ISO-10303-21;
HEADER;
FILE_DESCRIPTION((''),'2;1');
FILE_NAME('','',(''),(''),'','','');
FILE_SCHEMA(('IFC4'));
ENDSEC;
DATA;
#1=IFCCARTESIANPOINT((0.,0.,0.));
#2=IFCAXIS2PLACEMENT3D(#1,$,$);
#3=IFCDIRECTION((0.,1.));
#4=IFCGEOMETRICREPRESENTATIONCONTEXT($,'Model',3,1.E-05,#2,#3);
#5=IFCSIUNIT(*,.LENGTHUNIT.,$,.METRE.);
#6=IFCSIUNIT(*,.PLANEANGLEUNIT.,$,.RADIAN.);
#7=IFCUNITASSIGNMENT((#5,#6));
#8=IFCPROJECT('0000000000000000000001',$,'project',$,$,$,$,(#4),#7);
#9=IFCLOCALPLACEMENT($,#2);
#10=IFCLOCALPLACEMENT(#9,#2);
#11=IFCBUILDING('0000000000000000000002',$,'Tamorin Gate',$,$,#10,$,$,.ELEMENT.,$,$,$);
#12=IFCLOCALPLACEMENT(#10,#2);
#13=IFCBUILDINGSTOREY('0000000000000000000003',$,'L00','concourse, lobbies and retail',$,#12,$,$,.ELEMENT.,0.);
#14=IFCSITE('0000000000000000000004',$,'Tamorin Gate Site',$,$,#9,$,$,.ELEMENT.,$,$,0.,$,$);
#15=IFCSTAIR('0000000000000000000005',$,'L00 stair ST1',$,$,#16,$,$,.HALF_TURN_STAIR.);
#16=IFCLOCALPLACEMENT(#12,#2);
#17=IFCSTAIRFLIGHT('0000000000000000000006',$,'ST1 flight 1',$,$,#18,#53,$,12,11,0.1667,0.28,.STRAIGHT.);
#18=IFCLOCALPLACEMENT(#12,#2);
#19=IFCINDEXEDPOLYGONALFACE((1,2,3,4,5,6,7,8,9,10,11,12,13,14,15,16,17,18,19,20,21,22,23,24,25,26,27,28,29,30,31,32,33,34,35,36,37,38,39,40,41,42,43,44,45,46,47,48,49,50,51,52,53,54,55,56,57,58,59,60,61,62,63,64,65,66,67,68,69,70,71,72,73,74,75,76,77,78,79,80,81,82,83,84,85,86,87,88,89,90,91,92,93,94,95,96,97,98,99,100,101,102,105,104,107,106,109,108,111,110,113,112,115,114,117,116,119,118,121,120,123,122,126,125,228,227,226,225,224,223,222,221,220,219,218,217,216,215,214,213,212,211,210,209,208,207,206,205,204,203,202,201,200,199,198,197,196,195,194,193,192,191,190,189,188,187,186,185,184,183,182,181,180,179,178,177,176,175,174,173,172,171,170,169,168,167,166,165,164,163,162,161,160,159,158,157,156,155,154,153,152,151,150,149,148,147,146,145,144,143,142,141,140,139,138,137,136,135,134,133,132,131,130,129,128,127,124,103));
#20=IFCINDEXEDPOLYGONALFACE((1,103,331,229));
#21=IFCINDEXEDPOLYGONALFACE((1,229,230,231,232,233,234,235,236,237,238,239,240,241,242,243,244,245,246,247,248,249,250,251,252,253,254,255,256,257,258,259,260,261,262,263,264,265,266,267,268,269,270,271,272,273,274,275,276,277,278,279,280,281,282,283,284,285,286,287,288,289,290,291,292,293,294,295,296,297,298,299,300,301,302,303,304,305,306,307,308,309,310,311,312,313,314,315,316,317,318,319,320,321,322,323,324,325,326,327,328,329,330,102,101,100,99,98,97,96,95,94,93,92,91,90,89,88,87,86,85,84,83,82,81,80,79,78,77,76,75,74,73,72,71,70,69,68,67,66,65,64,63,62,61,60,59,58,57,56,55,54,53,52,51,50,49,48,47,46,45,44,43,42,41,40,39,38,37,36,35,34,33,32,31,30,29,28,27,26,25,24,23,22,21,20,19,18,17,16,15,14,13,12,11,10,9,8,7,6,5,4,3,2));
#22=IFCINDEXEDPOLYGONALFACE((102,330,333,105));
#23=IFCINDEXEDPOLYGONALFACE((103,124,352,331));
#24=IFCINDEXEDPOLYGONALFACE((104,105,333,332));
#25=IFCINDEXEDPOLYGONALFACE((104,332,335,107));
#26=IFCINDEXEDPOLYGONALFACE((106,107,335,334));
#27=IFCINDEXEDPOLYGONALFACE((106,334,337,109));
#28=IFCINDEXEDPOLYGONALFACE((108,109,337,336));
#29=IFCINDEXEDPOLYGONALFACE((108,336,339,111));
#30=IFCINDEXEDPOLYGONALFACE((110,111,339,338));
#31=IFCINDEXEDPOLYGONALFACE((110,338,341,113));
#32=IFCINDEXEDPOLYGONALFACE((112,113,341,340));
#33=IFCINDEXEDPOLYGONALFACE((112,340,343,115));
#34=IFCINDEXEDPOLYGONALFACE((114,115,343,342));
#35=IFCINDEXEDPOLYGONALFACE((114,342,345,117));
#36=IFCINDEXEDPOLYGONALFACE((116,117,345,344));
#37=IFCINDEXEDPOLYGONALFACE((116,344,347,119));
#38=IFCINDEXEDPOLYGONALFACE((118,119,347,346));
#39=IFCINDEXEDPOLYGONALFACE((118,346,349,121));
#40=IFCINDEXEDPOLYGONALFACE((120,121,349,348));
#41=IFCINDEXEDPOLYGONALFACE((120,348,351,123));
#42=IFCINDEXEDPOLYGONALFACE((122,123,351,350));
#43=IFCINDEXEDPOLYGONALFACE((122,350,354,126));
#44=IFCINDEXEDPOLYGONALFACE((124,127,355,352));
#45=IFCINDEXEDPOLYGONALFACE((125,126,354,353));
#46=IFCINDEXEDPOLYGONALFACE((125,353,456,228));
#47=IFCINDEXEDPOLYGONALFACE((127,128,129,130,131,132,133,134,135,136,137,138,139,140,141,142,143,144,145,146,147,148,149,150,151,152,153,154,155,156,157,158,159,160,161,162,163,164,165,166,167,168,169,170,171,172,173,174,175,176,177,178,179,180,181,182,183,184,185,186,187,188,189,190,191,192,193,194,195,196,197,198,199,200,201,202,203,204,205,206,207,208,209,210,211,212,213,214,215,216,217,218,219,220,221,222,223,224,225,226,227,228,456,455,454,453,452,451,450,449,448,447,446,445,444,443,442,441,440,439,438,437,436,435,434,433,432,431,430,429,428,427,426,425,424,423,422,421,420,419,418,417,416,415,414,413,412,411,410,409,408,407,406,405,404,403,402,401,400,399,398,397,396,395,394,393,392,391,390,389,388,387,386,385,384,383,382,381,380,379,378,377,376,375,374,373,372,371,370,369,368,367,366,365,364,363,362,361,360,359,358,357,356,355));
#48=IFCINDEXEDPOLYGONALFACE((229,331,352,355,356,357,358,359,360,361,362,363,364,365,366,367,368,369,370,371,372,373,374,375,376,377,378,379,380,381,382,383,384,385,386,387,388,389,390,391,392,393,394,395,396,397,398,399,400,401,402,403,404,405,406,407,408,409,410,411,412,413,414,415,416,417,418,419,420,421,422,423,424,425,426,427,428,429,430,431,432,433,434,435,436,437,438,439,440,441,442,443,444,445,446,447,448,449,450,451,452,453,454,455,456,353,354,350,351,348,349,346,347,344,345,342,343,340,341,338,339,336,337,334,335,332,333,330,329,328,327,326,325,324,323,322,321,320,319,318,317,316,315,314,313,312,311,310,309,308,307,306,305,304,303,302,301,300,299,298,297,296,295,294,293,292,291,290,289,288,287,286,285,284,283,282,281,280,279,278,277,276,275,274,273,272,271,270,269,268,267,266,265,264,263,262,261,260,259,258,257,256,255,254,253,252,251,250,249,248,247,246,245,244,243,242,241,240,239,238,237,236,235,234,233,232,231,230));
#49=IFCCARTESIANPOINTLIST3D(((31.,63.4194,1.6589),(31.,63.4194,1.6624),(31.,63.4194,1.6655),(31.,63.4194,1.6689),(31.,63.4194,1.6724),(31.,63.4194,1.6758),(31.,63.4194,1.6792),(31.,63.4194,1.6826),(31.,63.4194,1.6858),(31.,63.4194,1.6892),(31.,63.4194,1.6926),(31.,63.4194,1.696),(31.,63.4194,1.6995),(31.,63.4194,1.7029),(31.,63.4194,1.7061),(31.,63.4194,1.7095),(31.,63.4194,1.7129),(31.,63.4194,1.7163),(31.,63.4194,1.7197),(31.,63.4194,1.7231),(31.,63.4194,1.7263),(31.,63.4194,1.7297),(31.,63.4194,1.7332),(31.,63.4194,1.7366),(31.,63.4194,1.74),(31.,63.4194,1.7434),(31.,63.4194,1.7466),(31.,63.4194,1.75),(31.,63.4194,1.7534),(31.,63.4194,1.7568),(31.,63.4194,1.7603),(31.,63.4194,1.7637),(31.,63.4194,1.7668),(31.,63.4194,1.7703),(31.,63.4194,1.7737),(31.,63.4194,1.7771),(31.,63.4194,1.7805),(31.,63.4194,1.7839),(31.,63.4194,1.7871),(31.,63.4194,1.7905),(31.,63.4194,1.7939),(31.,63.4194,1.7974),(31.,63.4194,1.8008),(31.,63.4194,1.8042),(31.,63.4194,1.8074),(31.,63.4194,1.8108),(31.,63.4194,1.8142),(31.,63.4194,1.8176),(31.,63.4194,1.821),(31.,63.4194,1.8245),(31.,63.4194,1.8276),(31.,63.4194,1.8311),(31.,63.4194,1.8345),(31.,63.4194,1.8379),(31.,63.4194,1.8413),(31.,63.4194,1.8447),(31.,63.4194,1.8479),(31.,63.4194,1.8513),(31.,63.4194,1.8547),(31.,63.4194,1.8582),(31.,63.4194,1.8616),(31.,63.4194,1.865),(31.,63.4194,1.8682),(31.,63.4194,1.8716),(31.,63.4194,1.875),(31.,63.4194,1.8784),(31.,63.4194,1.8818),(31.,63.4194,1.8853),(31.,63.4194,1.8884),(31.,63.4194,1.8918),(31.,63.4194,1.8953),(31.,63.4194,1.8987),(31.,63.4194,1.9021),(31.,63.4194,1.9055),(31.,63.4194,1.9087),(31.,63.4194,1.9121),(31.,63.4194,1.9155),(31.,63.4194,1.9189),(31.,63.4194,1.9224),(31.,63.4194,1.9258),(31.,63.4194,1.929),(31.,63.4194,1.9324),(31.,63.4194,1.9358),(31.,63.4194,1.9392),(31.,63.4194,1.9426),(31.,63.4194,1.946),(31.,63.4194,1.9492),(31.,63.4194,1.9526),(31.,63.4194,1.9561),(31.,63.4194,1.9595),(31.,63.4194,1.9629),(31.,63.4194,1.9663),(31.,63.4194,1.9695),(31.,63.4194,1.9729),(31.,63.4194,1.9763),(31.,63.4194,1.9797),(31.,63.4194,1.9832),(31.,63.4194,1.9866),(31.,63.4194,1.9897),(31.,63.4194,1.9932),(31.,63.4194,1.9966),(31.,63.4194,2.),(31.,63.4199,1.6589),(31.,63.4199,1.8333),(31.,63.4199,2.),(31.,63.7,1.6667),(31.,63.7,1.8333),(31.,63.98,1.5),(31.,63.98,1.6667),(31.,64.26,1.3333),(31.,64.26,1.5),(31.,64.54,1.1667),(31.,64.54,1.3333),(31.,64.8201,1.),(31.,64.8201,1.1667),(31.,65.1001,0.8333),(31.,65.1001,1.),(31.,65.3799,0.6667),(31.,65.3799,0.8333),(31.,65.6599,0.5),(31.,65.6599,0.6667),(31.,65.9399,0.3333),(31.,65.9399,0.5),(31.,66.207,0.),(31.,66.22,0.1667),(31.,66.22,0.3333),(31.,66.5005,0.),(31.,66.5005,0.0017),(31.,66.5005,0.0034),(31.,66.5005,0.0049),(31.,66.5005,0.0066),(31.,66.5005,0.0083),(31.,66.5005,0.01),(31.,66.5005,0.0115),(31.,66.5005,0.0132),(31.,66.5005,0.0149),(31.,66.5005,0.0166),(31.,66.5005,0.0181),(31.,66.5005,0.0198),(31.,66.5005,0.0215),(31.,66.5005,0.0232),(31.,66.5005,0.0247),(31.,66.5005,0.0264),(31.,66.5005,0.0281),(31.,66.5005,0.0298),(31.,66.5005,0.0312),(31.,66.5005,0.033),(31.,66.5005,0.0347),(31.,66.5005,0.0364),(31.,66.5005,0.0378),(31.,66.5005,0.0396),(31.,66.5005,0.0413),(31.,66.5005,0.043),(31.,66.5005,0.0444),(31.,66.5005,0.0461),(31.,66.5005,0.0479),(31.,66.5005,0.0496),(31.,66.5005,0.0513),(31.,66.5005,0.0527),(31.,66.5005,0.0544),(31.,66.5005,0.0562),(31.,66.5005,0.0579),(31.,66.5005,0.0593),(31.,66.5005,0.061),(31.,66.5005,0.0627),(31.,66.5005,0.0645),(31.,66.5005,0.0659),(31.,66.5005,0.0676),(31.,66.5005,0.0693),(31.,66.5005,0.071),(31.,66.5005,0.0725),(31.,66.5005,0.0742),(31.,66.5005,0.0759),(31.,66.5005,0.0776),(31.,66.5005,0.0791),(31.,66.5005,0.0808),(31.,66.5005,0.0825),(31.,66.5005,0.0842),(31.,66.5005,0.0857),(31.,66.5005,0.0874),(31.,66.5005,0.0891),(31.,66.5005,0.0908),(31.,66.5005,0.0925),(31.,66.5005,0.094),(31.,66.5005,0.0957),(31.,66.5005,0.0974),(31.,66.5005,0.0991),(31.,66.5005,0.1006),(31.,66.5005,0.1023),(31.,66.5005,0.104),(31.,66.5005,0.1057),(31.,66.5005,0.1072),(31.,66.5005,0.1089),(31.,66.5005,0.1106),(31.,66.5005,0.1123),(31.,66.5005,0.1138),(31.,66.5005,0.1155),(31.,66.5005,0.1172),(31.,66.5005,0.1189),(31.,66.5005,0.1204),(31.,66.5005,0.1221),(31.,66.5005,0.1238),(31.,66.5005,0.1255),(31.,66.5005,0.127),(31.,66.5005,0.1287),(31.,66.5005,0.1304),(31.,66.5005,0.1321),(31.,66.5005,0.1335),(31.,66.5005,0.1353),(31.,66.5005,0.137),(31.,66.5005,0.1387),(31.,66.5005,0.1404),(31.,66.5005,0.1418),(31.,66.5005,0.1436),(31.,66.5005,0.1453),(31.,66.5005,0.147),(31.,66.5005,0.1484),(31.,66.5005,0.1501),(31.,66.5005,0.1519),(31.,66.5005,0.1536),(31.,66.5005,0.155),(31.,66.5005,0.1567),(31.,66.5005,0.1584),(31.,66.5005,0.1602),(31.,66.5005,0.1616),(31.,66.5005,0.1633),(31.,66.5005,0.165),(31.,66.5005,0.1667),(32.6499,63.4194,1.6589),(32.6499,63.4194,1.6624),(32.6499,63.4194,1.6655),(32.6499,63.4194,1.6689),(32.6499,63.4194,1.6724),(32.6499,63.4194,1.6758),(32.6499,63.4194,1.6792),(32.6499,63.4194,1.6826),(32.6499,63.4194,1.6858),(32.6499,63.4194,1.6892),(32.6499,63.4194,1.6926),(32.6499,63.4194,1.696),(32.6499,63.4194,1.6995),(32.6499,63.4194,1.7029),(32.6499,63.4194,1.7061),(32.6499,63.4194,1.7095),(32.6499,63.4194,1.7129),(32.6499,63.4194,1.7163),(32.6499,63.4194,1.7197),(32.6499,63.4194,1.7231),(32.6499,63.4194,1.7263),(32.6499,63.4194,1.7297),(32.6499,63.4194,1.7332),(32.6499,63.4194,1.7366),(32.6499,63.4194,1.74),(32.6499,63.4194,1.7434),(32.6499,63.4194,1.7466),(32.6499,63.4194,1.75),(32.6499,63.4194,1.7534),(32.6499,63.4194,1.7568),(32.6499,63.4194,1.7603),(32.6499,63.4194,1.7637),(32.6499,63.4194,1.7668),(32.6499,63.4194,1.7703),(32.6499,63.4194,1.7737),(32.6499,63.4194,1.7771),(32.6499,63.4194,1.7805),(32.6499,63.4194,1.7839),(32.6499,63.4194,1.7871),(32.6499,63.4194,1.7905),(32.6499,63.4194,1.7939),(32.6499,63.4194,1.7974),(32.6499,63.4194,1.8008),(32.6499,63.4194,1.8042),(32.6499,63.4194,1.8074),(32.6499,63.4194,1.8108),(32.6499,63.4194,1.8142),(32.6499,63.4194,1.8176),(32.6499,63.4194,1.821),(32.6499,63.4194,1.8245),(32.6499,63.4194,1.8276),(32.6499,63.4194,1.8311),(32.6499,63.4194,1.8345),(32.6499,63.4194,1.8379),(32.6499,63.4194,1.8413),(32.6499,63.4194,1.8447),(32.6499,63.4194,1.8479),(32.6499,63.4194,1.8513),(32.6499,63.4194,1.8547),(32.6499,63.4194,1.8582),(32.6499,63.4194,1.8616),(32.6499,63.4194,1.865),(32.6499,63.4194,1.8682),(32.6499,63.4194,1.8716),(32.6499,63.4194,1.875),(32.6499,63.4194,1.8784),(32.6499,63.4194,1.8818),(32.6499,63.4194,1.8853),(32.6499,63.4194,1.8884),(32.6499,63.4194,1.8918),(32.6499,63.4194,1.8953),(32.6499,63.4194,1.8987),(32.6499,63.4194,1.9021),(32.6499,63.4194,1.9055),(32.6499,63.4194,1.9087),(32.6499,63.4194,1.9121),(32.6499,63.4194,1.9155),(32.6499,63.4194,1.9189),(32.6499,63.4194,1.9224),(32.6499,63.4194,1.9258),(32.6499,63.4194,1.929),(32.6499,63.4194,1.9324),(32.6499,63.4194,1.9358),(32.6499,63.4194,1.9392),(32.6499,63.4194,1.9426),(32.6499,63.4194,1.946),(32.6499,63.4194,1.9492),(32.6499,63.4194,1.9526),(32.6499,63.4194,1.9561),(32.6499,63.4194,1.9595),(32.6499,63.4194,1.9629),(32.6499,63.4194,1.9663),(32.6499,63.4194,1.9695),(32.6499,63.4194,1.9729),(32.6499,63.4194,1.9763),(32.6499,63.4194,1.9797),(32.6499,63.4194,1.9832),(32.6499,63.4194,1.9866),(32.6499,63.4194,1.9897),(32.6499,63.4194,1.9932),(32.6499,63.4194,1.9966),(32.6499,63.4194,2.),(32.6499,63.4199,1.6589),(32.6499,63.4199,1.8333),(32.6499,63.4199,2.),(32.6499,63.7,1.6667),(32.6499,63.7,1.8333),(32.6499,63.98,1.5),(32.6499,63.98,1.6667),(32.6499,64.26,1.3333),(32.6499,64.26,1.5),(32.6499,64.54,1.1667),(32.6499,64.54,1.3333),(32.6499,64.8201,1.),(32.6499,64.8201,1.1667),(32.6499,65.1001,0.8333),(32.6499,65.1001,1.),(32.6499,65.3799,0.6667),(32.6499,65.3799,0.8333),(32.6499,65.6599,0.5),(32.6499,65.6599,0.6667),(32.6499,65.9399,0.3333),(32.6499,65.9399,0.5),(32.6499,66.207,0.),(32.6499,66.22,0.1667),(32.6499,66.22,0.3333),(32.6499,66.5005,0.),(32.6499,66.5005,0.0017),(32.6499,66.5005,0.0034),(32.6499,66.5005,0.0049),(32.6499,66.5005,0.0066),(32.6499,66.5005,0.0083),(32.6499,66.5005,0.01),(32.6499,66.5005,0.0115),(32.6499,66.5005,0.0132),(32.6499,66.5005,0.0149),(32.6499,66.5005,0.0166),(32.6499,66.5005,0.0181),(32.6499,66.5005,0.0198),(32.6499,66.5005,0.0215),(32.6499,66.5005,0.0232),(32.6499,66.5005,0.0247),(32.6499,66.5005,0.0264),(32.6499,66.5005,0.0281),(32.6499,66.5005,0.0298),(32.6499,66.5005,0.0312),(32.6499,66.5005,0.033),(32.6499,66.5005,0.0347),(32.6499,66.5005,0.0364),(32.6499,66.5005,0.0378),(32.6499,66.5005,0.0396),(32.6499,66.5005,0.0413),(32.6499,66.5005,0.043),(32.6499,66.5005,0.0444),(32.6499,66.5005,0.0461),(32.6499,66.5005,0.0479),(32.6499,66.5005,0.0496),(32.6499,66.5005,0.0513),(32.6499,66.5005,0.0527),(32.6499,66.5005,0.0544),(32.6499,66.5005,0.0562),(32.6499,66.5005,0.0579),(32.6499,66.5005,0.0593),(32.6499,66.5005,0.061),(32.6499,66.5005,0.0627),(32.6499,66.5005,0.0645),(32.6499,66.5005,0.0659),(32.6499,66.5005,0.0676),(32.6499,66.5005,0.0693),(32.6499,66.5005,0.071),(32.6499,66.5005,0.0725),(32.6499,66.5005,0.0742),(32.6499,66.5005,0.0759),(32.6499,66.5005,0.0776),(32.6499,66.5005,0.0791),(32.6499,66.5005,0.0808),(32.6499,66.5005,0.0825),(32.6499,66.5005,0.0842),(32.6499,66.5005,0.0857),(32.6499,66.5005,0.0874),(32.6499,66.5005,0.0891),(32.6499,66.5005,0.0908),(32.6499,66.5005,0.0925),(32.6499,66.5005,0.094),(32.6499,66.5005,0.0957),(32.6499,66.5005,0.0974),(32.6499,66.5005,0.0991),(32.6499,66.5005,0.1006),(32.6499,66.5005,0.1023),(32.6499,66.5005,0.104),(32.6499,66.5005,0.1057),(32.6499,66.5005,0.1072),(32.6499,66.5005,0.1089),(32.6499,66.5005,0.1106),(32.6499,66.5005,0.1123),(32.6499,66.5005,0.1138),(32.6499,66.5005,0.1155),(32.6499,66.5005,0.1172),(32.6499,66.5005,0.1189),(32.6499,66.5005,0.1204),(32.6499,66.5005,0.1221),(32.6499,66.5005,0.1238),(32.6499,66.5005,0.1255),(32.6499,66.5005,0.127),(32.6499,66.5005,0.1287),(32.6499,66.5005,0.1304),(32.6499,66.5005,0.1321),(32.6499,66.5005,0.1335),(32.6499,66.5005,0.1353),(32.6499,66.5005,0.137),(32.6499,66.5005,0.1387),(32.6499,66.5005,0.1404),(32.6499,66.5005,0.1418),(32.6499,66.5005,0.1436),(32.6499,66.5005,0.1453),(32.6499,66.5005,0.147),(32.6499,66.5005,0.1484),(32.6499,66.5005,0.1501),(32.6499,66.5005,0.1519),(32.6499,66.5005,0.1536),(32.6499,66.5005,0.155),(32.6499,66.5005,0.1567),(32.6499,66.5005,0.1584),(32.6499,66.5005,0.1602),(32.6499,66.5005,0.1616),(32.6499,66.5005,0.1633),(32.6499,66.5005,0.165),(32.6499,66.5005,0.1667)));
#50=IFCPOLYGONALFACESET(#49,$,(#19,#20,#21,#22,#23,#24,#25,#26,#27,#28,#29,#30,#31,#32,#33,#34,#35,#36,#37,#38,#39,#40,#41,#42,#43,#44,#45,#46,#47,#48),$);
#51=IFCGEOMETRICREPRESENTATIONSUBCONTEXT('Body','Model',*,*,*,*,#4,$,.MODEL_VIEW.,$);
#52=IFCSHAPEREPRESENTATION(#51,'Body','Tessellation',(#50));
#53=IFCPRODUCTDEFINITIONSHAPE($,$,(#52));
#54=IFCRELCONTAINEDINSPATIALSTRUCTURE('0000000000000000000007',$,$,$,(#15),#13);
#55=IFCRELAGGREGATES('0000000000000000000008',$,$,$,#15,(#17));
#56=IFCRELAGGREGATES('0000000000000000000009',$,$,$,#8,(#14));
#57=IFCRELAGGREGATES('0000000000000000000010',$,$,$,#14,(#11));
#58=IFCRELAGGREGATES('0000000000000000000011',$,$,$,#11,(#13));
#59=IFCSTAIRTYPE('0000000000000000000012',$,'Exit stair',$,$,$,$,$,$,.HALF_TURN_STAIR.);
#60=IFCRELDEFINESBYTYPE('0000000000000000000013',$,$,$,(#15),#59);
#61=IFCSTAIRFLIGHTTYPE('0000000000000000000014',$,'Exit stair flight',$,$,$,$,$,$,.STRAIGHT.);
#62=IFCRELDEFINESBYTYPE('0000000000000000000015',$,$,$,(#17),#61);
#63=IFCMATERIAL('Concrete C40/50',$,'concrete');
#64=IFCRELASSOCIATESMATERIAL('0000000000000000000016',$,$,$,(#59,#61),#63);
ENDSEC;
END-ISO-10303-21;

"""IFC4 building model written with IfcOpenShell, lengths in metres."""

from ifc_helpers import new_model, si_unit, direction, frame, origin, place, context, subcontext, project, spatial, polyline, outline, extrude, material, type_object, element, aggregate, save


model = new_model("IFC4")

# Units and contexts
model_context = context("Model", 3, precision=1e-05, world=origin(), true_north=direction((0.0, 1.0)))
body_context = subcontext(model_context, "Body", "Model", "MODEL_VIEW")
ifc_project = project(units=[si_unit("LENGTHUNIT", "METRE"), si_unit("PLANEANGLEUNIT", "RADIAN")], contexts=[model_context])

# Site, building, storey
site_placement = place(None, origin())
site = spatial("IfcSite", under=ifc_project, at=site_placement, Name="Tamorin Gate Site", CompositionType="ELEMENT", RefElevation=0.0)
building_placement = place(site_placement, origin())
building = spatial("IfcBuilding", under=site, at=building_placement, Name="Tamorin Gate", CompositionType="ELEMENT")
storey_placement = place(building_placement, origin())
storey = spatial("IfcBuildingStorey", under=building, at=storey_placement, Name="L00", Description="concourse, lobbies and retail", CompositionType="ELEMENT", Elevation=0.0)

# Shared definitions
ifc_material_1 = material(Name="Concrete C40/50", Category="concrete")

# Stair, stair flight
stair_type = type_object("IfcStairType", Name="Exit stair", PredefinedType="HALF_TURN_STAIR", material=ifc_material_1)
stair_placement = place(storey_placement, origin())
stair = element("IfcStair", 1, at=stair_placement, inside=storey, type_object=stair_type, Name="L00 stair ST1", PredefinedType="HALF_TURN_STAIR")
stair_flight_type = type_object("IfcStairFlightType", Name="Exit stair flight", PredefinedType="STRAIGHT", material=ifc_material_1)
stair_flight_1_placement = place(storey_placement, frame((31.825, 66.5, 0.0), z_axis=(0.0, 0.0, 1.0), x_axis=(0.0, -1.0, 0.0)))
stair_flight_1 = element("IfcStairFlight", 2, at=stair_flight_1_placement, type_object=stair_flight_type, Name="ST1 flight 1", NumberOfRisers=12, NumberOfTreads=11, PredefinedType="STRAIGHT", RiserHeight=0.1667, TreadLength=0.28, context=body_context, shape_type="SweptSolid", body=[
    extrude(outline(polyline([(-0.0005, 0.0), (-0.0005, 0.0017), (-0.0005, 0.0034), (-0.0005, 0.0049), (-0.0005, 0.0066), (-0.0005, 0.0083), (-0.0005, 0.01), (-0.0005, 0.0115), (-0.0005, 0.0132), (-0.0005, 0.0149), (-0.0005, 0.0166), (-0.0005, 0.0181), (-0.0005, 0.0198), (-0.0005, 0.0215), (-0.0005, 0.0232), (-0.0005, 0.0247), (-0.0005, 0.0264), (-0.0005, 0.0281), (-0.0005, 0.0298), (-0.0005, 0.0312), (-0.0005, 0.033), (-0.0005, 0.0347), (-0.0005, 0.0364), (-0.0005, 0.0378), (-0.0005, 0.0396), (-0.0005, 0.0413), (-0.0005, 0.043), (-0.0005, 0.0444), (-0.0005, 0.0461), (-0.0005, 0.0479), (-0.0005, 0.0496), (-0.0005, 0.0513), (-0.0005, 0.0527), (-0.0005, 0.0544), (-0.0005, 0.0562), (-0.0005, 0.0579), (-0.0005, 0.0593), (-0.0005, 0.061), (-0.0005, 0.0627), (-0.0005, 0.0645), (-0.0005, 0.0659), (-0.0005, 0.0676), (-0.0005, 0.0693), (-0.0005, 0.071), (-0.0005, 0.0725), (-0.0005, 0.0742), (-0.0005, 0.0759), (-0.0005, 0.0776), (-0.0005, 0.0791), (-0.0005, 0.0808), (-0.0005, 0.0825), (-0.0005, 0.0842), (-0.0005, 0.0857), (-0.0005, 0.0874), (-0.0005, 0.0891), (-0.0005, 0.0908), (-0.0005, 0.0925), (-0.0005, 0.094), (-0.0005, 0.0957), (-0.0005, 0.0974), (-0.0005, 0.0991), (-0.0005, 0.1006), (-0.0005, 0.1023), (-0.0005, 0.104), (-0.0005, 0.1057), (-0.0005, 0.1072), (-0.0005, 0.1089), (-0.0005, 0.1106), (-0.0005, 0.1123), (-0.0005, 0.1138), (-0.0005, 0.1155), (-0.0005, 0.1172), (-0.0005, 0.1189), (-0.0005, 0.1204), (-0.0005, 0.1221), (-0.0005, 0.1238), (-0.0005, 0.1255), (-0.0005, 0.127), (-0.0005, 0.1287), (-0.0005, 0.1304), (-0.0005, 0.1321), (-0.0005, 0.1335), (-0.0005, 0.1353), (-0.0005, 0.137), (-0.0005, 0.1387), (-0.0005, 0.1404), (-0.0005, 0.1418), (-0.0005, 0.1436), (-0.0005, 0.1453), (-0.0005, 0.147), (-0.0005, 0.1484), (-0.0005, 0.1501), (-0.0005, 0.1519), (-0.0005, 0.1536), (-0.0005, 0.155), (-0.0005, 0.1567), (-0.0005, 0.1584), (-0.0005, 0.1602), (-0.0005, 0.1616), (-0.0005, 0.1633), (-0.0005, 0.165), (-0.0005, 0.1667), (0.28, 0.1667), (0.28, 0.3333), (0.5601, 0.3333), (0.5601, 0.5), (0.8401, 0.5), (0.8401, 0.6667), (1.1201, 0.6667), (1.1201, 0.8333), (1.3999, 0.8333), (1.3999, 1.0), (1.6799, 1.0), (1.6799, 1.1667), (1.96, 1.1667), (1.96, 1.3333), (2.24, 1.3333), (2.24, 1.5), (2.52, 1.5), (2.52, 1.6667), (2.8, 1.6667), (2.8, 1.8333), (3.0801, 1.8333), (3.0801, 2.0), (3.0806, 2.0), (3.0806, 1.9966), (3.0806, 1.9932), (3.0806, 1.9897), (3.0806, 1.9866), (3.0806, 1.9832), (3.0806, 1.9797), (3.0806, 1.9763), (3.0806, 1.9729), (3.0806, 1.9695), (3.0806, 1.9663), (3.0806, 1.9629), (3.0806, 1.9595), (3.0806, 1.9561), (3.0806, 1.9526), (3.0806, 1.9492), (3.0806, 1.946), (3.0806, 1.9426), (3.0806, 1.9392), (3.0806, 1.9358), (3.0806, 1.9324), (3.0806, 1.929), (3.0806, 1.9258), (3.0806, 1.9224), (3.0806, 1.9189), (3.0806, 1.9155), (3.0806, 1.9121), (3.0806, 1.9087), (3.0806, 1.9055), (3.0806, 1.9021), (3.0806, 1.8987), (3.0806, 1.8953), (3.0806, 1.8918), (3.0806, 1.8884), (3.0806, 1.8853), (3.0806, 1.8818), (3.0806, 1.8784), (3.0806, 1.875), (3.0806, 1.8716), (3.0806, 1.8682), (3.0806, 1.865), (3.0806, 1.8616), (3.0806, 1.8582), (3.0806, 1.8547), (3.0806, 1.8513), (3.0806, 1.8479), (3.0806, 1.8447), (3.0806, 1.8413), (3.0806, 1.8379), (3.0806, 1.8345), (3.0806, 1.8311), (3.0806, 1.8276), (3.0806, 1.8245), (3.0806, 1.821), (3.0806, 1.8176), (3.0806, 1.8142), (3.0806, 1.8108), (3.0806, 1.8074), (3.0806, 1.8042), (3.0806, 1.8008), (3.0806, 1.7974), (3.0806, 1.7939), (3.0806, 1.7905), (3.0806, 1.7871), (3.0806, 1.7839), (3.0806, 1.7805), (3.0806, 1.7771), (3.0806, 1.7737), (3.0806, 1.7703), (3.0806, 1.7668), (3.0806, 1.7637), (3.0806, 1.7603), (3.0806, 1.7568), (3.0806, 1.7534), (3.0806, 1.75), (3.0806, 1.7466), (3.0806, 1.7434), (3.0806, 1.74), (3.0806, 1.7366), (3.0806, 1.7332), (3.0806, 1.7297), (3.0806, 1.7263), (3.0806, 1.7231), (3.0806, 1.7197), (3.0806, 1.7163), (3.0806, 1.7129), (3.0806, 1.7095), (3.0806, 1.7061), (3.0806, 1.7029), (3.0806, 1.6995), (3.0806, 1.696), (3.0806, 1.6926), (3.0806, 1.6892), (3.0806, 1.6858), (3.0806, 1.6826), (3.0806, 1.6792), (3.0806, 1.6758), (3.0806, 1.6724), (3.0806, 1.6689), (3.0806, 1.6655), (3.0806, 1.6624), (3.0806, 1.6589), (3.0801, 1.6589), (0.293, 0.0), (-0.0005, 0.0)])), frame((0.0, 0.825, 0.0), z_axis=(0.0, -1.0, 0.0), x_axis=(1.0, 0.0, 0.0)), (0.0, 0.0, 1.0), 1.6499),
])
aggregate(stair, [stair_flight_1])

save(model, "model.ifc")
